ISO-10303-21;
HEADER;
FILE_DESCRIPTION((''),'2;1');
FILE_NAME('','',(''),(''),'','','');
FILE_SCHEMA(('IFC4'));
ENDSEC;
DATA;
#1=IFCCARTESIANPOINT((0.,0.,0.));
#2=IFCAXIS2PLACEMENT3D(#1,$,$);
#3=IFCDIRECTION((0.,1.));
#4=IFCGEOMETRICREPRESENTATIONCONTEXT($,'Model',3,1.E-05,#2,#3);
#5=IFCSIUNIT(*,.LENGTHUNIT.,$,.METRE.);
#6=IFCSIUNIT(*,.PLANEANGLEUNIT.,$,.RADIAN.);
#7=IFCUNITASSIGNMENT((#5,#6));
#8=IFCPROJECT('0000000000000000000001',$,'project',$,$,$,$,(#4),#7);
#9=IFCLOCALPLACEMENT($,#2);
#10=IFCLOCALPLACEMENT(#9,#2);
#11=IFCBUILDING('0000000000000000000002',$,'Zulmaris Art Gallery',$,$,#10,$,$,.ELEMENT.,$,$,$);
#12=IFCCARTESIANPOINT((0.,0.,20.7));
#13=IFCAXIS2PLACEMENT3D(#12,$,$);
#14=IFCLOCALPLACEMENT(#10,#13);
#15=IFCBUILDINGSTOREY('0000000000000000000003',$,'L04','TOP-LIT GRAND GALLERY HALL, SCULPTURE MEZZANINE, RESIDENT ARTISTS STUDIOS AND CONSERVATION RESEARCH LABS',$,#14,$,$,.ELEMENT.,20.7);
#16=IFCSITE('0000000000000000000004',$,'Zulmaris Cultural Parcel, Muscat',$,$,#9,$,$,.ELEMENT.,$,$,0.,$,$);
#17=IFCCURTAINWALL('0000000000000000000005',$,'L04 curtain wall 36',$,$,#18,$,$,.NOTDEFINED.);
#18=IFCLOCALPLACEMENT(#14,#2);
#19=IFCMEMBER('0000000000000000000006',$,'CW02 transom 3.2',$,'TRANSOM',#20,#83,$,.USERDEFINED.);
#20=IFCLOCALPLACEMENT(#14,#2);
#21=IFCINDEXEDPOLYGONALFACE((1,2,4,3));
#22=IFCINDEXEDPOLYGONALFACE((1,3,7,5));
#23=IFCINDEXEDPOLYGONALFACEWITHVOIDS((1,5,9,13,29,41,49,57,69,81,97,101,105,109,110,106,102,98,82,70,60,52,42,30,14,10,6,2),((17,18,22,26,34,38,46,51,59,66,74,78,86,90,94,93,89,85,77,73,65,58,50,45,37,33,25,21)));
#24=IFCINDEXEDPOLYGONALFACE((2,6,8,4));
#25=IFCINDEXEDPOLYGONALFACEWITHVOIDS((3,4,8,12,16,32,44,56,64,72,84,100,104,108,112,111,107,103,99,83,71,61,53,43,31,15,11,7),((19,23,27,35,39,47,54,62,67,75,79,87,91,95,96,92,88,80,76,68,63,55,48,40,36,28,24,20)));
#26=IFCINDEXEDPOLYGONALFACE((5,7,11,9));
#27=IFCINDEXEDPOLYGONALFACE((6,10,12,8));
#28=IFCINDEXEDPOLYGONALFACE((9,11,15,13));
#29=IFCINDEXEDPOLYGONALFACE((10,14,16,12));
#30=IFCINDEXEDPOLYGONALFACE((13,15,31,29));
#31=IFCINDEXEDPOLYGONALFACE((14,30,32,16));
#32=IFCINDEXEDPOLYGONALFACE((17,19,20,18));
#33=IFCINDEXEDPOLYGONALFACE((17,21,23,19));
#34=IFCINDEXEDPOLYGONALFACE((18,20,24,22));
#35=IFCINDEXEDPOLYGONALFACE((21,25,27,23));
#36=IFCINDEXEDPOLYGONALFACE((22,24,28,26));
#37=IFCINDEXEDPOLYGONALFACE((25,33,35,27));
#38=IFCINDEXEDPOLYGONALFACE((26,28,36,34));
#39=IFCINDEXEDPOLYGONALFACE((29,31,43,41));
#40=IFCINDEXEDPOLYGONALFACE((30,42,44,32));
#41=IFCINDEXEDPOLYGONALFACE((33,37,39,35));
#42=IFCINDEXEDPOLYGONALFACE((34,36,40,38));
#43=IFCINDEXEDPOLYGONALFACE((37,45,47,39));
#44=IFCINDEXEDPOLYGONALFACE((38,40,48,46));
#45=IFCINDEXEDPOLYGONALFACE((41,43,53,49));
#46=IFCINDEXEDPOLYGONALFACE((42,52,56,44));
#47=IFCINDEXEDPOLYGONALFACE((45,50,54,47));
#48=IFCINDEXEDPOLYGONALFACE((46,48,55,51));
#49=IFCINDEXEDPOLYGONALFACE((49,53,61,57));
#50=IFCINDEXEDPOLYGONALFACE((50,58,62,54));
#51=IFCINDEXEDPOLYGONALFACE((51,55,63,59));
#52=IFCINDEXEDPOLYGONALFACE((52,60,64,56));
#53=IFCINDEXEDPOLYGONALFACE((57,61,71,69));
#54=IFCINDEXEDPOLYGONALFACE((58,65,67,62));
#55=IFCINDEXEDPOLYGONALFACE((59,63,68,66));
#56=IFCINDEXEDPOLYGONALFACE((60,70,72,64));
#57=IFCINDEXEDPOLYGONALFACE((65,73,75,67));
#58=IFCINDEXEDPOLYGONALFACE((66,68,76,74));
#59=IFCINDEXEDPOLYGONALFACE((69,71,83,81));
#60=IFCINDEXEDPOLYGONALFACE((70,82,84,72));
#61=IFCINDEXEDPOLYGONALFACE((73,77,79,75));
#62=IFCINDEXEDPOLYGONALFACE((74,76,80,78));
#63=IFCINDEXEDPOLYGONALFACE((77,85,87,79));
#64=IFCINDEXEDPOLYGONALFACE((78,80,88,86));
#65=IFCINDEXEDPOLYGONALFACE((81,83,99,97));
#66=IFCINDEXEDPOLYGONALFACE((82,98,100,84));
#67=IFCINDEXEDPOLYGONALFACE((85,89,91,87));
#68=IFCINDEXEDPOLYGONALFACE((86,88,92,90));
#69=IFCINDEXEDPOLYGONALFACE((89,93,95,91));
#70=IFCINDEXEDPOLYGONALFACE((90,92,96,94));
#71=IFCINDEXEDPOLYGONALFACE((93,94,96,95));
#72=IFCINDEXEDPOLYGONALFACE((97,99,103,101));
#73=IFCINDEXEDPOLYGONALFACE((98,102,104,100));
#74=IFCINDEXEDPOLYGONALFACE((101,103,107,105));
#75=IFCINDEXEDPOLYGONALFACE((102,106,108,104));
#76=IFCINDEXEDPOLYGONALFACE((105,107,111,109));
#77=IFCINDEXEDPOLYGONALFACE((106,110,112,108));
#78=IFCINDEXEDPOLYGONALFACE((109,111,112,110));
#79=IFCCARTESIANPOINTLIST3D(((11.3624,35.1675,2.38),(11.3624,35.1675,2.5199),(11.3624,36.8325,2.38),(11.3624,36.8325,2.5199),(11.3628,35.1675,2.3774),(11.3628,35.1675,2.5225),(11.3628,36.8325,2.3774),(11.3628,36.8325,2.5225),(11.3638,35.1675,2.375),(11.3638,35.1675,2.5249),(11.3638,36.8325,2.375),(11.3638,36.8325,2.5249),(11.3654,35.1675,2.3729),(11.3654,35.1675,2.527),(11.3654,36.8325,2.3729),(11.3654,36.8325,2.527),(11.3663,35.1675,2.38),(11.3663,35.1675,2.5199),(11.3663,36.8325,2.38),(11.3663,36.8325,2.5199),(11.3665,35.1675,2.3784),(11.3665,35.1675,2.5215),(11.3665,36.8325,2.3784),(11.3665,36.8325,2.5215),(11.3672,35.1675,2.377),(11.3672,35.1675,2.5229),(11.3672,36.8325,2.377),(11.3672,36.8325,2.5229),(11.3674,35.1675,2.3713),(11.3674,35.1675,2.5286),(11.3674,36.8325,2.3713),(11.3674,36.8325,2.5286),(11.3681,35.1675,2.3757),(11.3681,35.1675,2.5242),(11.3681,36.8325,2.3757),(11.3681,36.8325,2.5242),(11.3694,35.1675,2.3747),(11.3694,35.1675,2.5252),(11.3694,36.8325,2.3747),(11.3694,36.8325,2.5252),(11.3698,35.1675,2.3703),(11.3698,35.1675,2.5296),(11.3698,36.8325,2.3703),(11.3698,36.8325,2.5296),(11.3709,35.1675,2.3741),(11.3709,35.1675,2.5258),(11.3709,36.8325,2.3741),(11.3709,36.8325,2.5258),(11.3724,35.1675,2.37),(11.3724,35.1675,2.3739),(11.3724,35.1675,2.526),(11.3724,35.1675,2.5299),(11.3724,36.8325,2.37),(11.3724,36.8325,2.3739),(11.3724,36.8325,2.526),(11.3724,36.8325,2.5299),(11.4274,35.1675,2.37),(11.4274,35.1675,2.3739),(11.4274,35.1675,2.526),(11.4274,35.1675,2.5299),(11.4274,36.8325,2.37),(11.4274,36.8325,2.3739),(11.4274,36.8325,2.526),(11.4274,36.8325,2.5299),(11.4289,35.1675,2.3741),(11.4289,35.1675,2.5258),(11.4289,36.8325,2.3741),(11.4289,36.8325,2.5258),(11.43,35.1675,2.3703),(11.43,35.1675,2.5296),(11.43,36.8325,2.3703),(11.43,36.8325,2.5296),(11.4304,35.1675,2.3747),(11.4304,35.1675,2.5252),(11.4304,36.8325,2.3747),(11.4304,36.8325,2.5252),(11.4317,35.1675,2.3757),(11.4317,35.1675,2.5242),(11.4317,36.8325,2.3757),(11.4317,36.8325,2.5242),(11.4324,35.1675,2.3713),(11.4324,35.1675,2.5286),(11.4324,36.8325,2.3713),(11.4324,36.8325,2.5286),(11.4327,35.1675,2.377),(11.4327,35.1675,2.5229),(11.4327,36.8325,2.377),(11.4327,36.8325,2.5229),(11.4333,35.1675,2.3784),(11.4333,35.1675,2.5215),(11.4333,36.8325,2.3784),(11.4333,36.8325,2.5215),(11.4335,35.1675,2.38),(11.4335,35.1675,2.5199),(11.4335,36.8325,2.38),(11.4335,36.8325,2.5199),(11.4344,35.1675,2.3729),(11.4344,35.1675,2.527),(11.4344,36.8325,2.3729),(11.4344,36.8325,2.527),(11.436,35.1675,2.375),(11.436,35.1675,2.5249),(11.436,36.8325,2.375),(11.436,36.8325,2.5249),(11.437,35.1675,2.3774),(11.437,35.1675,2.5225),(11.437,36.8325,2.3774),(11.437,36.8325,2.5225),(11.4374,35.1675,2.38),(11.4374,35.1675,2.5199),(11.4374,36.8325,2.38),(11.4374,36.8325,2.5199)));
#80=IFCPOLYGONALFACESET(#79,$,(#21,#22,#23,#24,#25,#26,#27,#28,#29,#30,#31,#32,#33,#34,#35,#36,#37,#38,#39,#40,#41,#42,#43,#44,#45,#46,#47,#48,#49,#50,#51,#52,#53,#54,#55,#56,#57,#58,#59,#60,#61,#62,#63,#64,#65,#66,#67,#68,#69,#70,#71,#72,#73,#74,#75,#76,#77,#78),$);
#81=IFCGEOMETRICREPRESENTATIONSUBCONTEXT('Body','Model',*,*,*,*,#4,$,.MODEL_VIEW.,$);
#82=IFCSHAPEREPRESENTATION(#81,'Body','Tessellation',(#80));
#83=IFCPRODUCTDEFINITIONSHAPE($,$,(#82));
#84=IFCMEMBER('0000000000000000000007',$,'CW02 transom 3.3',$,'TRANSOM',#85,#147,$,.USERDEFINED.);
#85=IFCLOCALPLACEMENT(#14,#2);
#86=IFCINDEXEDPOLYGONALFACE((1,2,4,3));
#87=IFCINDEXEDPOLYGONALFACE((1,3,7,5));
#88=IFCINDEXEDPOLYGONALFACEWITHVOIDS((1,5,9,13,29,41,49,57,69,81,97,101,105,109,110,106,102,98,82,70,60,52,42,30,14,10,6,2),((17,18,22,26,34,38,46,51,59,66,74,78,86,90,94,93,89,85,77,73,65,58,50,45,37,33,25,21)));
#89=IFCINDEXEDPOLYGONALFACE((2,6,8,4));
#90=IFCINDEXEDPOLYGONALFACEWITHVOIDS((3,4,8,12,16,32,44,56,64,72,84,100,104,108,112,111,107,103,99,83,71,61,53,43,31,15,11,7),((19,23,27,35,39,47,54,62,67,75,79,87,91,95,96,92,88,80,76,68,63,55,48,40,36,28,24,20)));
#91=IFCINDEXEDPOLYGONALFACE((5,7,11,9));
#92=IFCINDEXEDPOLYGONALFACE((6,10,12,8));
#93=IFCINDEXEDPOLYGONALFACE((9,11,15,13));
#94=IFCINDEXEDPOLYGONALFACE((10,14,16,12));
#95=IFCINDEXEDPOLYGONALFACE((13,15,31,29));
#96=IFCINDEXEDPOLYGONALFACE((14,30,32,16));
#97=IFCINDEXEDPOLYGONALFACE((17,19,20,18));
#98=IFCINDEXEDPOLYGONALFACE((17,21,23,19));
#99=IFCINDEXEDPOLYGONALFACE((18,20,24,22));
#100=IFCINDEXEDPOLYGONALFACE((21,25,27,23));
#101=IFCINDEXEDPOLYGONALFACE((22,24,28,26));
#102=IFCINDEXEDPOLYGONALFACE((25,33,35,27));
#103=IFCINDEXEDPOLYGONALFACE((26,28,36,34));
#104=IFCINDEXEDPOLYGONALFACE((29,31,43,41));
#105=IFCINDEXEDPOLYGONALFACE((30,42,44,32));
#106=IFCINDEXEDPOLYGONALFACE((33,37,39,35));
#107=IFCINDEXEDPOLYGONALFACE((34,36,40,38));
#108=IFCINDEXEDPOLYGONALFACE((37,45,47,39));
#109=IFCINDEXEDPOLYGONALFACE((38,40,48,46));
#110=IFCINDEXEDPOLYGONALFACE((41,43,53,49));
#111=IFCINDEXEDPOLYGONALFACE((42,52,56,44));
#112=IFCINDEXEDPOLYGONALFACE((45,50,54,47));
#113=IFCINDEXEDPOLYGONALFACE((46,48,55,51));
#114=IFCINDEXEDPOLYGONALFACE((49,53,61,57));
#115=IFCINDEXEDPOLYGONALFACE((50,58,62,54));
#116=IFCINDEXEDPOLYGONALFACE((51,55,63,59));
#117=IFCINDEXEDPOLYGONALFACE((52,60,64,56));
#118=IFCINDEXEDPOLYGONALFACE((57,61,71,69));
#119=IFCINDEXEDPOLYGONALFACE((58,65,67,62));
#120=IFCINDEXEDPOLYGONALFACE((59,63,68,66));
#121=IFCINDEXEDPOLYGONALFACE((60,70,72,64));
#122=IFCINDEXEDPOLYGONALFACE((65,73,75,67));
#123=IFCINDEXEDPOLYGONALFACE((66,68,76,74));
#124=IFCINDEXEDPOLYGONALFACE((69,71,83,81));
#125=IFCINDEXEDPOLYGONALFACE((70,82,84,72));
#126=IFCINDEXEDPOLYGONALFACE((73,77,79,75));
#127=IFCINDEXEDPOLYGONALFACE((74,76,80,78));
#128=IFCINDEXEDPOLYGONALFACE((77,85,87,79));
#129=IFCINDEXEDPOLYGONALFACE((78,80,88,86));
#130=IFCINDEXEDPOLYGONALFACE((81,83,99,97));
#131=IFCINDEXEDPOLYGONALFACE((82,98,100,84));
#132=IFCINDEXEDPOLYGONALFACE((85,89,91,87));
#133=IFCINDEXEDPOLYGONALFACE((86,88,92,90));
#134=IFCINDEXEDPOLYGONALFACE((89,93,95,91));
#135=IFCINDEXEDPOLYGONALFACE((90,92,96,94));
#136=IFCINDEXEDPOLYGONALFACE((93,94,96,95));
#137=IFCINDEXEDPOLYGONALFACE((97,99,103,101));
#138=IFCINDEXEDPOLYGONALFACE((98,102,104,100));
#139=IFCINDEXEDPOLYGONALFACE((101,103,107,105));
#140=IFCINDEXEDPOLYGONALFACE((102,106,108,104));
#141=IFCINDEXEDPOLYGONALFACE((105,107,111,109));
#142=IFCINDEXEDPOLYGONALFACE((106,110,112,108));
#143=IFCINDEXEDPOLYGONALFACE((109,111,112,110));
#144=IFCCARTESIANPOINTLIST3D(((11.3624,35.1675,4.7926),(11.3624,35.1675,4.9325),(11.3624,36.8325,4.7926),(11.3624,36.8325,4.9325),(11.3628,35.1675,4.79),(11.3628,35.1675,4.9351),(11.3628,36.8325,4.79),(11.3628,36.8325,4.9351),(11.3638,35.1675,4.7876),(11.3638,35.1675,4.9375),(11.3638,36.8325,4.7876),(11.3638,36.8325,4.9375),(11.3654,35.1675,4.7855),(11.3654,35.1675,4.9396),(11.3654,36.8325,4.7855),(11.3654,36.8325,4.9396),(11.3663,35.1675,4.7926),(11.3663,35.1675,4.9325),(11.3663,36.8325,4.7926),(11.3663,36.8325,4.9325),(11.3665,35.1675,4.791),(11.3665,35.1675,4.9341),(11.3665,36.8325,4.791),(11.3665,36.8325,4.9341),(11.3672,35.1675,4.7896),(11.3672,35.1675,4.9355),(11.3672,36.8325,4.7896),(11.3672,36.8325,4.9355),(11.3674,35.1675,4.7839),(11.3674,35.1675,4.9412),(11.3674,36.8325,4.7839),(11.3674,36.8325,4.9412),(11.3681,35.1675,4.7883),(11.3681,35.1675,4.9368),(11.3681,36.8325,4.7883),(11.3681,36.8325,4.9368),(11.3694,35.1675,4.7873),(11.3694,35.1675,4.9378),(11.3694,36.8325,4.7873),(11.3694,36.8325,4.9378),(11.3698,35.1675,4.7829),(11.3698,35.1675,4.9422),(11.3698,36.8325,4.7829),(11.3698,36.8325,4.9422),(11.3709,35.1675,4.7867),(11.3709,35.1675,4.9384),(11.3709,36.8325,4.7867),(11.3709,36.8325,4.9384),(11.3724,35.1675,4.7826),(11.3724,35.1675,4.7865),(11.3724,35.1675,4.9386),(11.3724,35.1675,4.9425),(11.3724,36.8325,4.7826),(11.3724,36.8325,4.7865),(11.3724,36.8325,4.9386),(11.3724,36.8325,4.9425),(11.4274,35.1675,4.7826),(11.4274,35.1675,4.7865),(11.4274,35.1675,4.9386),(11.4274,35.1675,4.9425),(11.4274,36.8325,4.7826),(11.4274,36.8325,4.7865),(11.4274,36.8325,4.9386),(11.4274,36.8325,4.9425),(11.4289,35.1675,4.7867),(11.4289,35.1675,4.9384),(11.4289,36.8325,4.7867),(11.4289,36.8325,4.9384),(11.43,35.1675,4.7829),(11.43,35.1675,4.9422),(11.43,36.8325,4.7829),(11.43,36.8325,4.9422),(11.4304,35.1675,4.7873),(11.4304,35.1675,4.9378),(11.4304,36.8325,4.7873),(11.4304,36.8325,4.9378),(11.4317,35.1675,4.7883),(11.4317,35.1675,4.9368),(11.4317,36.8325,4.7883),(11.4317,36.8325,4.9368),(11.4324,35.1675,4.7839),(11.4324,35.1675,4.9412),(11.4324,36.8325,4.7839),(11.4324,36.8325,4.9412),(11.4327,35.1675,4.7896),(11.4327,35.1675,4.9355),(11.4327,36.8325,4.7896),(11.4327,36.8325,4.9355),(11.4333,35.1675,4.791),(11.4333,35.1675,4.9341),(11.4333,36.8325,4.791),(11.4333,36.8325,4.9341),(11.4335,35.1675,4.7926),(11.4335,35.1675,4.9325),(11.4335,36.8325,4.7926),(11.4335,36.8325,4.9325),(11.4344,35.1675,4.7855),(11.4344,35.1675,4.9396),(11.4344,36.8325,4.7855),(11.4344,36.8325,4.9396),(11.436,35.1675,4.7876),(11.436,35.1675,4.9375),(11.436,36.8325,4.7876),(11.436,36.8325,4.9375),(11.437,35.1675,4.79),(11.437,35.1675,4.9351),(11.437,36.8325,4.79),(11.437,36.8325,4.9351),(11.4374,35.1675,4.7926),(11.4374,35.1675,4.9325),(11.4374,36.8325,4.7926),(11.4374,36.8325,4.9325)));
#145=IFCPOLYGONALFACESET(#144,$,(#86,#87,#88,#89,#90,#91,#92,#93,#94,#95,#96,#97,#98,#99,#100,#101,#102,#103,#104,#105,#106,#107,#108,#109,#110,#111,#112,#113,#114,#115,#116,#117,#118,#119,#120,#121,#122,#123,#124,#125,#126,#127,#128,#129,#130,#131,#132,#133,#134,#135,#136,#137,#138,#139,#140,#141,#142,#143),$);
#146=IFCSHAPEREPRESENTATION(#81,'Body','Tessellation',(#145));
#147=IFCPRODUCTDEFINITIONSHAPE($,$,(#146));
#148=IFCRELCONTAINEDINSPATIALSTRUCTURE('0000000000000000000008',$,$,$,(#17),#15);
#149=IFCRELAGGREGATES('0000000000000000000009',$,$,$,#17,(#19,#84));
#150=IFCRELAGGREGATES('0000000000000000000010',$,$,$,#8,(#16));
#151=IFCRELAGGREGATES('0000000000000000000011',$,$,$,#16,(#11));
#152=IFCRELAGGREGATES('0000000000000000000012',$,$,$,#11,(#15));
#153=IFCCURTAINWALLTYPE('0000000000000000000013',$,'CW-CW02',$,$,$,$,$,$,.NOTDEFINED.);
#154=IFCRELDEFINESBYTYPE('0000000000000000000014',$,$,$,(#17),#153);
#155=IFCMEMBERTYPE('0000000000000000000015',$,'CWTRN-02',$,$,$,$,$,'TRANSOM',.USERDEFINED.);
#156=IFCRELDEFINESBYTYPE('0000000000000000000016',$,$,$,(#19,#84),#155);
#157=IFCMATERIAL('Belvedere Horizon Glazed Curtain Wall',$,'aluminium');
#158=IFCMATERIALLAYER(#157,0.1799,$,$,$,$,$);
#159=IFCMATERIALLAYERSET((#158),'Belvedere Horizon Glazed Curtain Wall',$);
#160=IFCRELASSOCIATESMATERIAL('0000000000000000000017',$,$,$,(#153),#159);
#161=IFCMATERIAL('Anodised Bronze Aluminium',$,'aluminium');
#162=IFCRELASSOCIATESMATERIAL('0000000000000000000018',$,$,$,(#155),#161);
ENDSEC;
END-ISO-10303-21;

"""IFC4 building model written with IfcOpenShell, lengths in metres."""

from ifc_helpers import new_model, si_unit, direction, frame, origin, origin_2d, place, context, subcontext, project, spatial, hollow_rectangle, extrude, material, layer, layer_set, material_profile, profile_set, type_object, element, aggregate, save


model = new_model("IFC4")

# Units and contexts
model_context = context("Model", 3, precision=1e-05, world=origin(), true_north=direction((0.0, 1.0)))
body_context = subcontext(model_context, "Body", "Model", "MODEL_VIEW")
ifc_project = project(units=[si_unit("LENGTHUNIT", "METRE"), si_unit("PLANEANGLEUNIT", "RADIAN")], contexts=[model_context])

# Site, building, storey
site_placement = place(None, origin())
site = spatial("IfcSite", under=ifc_project, at=site_placement, Name="Zulmaris Cultural Parcel, Muscat", CompositionType="ELEMENT", RefElevation=0.0)
building_placement = place(site_placement, origin())
building = spatial("IfcBuilding", under=site, at=building_placement, Name="Zulmaris Art Gallery", CompositionType="ELEMENT")
storey_placement = place(building_placement, frame((0.0, 0.0, 20.7)))
storey = spatial("IfcBuildingStorey", under=building, at=storey_placement, Name="L04", Description="TOP-LIT GRAND GALLERY HALL, SCULPTURE MEZZANINE, RESIDENT ARTISTS STUDIOS AND CONSERVATION RESEARCH LABS", CompositionType="ELEMENT", Elevation=20.7)

# Curtain wall, members
ifc_material_1 = material(Name="Belvedere Horizon Glazed Curtain Wall", Category="aluminium")
ifc_layer_1 = layer(ifc_material_1, 0.1799)
ifc_layer_set_1 = layer_set([ifc_layer_1], Name="Belvedere Horizon Glazed Curtain Wall")
curtain_wall_type = type_object("IfcCurtainWallType", Name="CW-CW02", PredefinedType="NOTDEFINED", material=ifc_layer_set_1)
curtain_wall_placement = place(storey_placement, origin())
curtain_wall = element("IfcCurtainWall", 1, at=curtain_wall_placement, inside=storey, type_object=curtain_wall_type, Name="L04 curtain wall 36", PredefinedType="NOTDEFINED")
ifc_material_2 = material(Name="Anodised Bronze Aluminium", Category="aluminium")
ifc_material_profile_1 = material_profile(ifc_material_2, hollow_rectangle(XDim=0.075, YDim=0.1599, WallThickness=0.0039, InnerFilletRadius=0.0061, OuterFilletRadius=0.01, at=origin_2d()), Name="ALU 75x160x4")
ifc_profile_set_1 = profile_set([ifc_material_profile_1], Name="Anodised Bronze Aluminium")
member_type_1 = type_object("IfcMemberType", Name="CWTRN-02", ElementType="TRANSOM", PredefinedType="USERDEFINED", material=ifc_profile_set_1)
member_1_placement = place(storey_placement, frame((11.3999, 35.1675, 2.45), z_axis=(0.0, 1.0, 0.0), x_axis=(-1.0, 0.0, 0.0)))
member_1 = element("IfcMember", 2, at=member_1_placement, type_object=member_type_1, Name="CW02 transom 3.2", ObjectType="TRANSOM", PredefinedType="USERDEFINED", context=body_context, shape_type="SweptSolid", body=[
    extrude(hollow_rectangle(XDim=0.075, YDim=0.1599, WallThickness=0.0039, InnerFilletRadius=0.0061, OuterFilletRadius=0.01, at=origin_2d()), origin(), (0.0, 0.0, 1.0), 1.665),
])
member_2_placement = place(storey_placement, frame((11.3999, 35.1675, 4.8625), z_axis=(0.0, 1.0, 0.0), x_axis=(-1.0, 0.0, 0.0)))
member_2 = element("IfcMember", 3, at=member_2_placement, type_object=member_type_1, Name="CW02 transom 3.3", ObjectType="TRANSOM", PredefinedType="USERDEFINED", context=body_context, shape_type="SweptSolid", body=[
    extrude(hollow_rectangle(XDim=0.075, YDim=0.1599, WallThickness=0.0039, InnerFilletRadius=0.0061, OuterFilletRadius=0.01, at=origin_2d()), origin(), (0.0, 0.0, 1.0), 1.665),
])

aggregate(curtain_wall, [member_1, member_2])

save(model, "model.ifc")
